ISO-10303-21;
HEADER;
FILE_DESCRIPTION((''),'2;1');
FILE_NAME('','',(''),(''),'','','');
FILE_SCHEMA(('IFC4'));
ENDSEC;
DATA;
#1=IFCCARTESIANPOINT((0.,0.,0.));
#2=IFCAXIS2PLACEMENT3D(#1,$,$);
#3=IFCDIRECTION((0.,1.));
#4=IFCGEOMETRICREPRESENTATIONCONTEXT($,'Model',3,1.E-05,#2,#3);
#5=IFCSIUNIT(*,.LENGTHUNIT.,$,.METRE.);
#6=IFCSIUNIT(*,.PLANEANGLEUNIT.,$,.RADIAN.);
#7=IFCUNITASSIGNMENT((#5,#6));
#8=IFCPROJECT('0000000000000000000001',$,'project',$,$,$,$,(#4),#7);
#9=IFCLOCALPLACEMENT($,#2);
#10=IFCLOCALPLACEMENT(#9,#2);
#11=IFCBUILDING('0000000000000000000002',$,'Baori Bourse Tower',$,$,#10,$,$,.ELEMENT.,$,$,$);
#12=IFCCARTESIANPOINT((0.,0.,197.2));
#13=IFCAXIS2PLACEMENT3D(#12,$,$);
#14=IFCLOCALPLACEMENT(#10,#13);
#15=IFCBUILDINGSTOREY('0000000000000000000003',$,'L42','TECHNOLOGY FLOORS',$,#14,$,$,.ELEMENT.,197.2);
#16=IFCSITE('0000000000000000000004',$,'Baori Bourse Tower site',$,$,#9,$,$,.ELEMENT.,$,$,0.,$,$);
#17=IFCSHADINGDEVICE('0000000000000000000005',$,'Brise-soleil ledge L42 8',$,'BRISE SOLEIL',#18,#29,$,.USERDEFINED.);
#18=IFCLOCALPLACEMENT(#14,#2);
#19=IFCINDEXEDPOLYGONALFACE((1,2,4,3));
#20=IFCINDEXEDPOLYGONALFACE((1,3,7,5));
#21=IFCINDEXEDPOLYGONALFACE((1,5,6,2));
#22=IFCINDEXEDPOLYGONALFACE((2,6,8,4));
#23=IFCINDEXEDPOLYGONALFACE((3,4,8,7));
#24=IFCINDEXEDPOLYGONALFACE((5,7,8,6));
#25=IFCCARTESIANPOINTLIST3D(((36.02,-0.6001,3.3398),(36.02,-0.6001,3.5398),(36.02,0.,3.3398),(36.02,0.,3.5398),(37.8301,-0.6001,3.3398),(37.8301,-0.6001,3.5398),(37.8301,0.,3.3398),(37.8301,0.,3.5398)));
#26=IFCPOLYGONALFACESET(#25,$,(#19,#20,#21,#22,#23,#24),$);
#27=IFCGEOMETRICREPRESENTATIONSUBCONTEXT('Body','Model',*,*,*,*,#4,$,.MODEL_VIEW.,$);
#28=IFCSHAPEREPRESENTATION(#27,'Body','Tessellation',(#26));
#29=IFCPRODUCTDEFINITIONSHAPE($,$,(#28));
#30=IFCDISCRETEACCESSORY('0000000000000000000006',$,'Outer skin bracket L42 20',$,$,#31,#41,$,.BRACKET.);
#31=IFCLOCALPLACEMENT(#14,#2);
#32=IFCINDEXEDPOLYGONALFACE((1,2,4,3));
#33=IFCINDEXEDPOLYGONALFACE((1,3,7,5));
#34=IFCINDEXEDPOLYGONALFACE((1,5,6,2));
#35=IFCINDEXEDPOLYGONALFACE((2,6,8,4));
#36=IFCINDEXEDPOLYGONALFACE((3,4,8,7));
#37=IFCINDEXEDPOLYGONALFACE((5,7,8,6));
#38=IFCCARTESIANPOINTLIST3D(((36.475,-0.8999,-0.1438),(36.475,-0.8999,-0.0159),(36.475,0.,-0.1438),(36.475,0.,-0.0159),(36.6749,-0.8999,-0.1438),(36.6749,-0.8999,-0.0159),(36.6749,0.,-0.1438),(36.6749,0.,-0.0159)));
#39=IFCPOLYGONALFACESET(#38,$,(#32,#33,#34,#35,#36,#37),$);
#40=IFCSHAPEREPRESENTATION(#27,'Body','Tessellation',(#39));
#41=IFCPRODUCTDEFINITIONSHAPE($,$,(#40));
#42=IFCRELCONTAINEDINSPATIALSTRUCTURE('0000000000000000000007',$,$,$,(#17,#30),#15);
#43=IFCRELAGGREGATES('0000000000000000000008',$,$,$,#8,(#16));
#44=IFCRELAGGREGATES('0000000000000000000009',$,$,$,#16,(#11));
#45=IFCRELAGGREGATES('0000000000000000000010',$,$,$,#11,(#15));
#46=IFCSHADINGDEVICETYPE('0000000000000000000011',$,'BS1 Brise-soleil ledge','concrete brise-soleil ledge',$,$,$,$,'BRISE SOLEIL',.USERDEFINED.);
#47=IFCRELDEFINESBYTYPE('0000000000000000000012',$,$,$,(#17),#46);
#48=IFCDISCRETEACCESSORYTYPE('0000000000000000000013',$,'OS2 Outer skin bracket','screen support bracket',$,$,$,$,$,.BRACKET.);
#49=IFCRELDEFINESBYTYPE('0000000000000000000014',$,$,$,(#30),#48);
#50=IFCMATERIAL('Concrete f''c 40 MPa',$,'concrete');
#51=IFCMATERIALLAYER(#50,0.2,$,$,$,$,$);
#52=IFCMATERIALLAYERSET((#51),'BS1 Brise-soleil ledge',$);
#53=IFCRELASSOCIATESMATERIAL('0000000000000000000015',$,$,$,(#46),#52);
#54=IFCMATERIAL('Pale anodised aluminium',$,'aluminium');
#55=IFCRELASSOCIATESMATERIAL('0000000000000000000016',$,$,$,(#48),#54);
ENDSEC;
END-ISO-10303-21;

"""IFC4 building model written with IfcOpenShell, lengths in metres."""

from ifc_helpers import new_model, si_unit, direction, frame, origin, origin_2d, place, context, subcontext, project, spatial, rectangle, extrude, material, layer, layer_set, type_object, element, save


model = new_model("IFC4")

# Units and contexts
model_context = context("Model", 3, precision=1e-05, world=origin(), true_north=direction((0.0, 1.0)))
body_context = subcontext(model_context, "Body", "Model", "MODEL_VIEW")
ifc_project = project(units=[si_unit("LENGTHUNIT", "METRE"), si_unit("PLANEANGLEUNIT", "RADIAN")], contexts=[model_context])

# Site, building, storey
site_placement = place(None, origin())
site = spatial("IfcSite", under=ifc_project, at=site_placement, Name="Baori Bourse Tower site", CompositionType="ELEMENT", RefElevation=0.0)
building_placement = place(site_placement, origin())
building = spatial("IfcBuilding", under=site, at=building_placement, Name="Baori Bourse Tower", CompositionType="ELEMENT")
storey_placement = place(building_placement, frame((0.0, 0.0, 197.2)))
storey = spatial("IfcBuildingStorey", under=building, at=storey_placement, Name="L42", Description="TECHNOLOGY FLOORS", CompositionType="ELEMENT", Elevation=197.2)

# Shading device
ifc_material_1 = material(Name="Concrete f'c 40 MPa", Category="concrete")
ifc_layer_1 = layer(ifc_material_1, 0.2)
ifc_layer_set_1 = layer_set([ifc_layer_1], Name="BS1 Brise-soleil ledge")
shading_device_type = type_object("IfcShadingDeviceType", Name="BS1 Brise-soleil ledge", Description="concrete brise-soleil ledge", ElementType="BRISE SOLEIL", PredefinedType="USERDEFINED", material=ifc_layer_set_1)
shading_device_placement = place(storey_placement, frame((36.925, -0.3, 3.3398), z_axis=(0.0, 0.0, 1.0), x_axis=(1.0, 0.0, 0.0)))
element("IfcShadingDevice", 1, at=shading_device_placement, inside=storey, type_object=shading_device_type, Name="Brise-soleil ledge L42 8", ObjectType="BRISE SOLEIL", PredefinedType="USERDEFINED", context=body_context, shape_type="SweptSolid", body=[
    extrude(rectangle(XDim=1.8101, YDim=0.6001, at=origin_2d()), origin(), (0.0, 0.0, 1.0), 0.2),
])

# Discrete accessory
ifc_material_2 = material(Name="Pale anodised aluminium", Category="aluminium")
discrete_accessory_type = type_object("IfcDiscreteAccessoryType", Name="OS2 Outer skin bracket", Description="screen support bracket", PredefinedType="BRACKET", material=ifc_material_2)
discrete_accessory_placement = place(storey_placement, frame((36.575, -0.45, -0.1438), z_axis=(0.0, 0.0, 1.0), x_axis=(1.0, 0.0, 0.0)))
element("IfcDiscreteAccessory", 2, at=discrete_accessory_placement, inside=storey, type_object=discrete_accessory_type, Name="Outer skin bracket L42 20", PredefinedType="BRACKET", context=body_context, shape_type="SweptSolid", body=[
    extrude(rectangle(XDim=0.2, YDim=0.8999, at=origin_2d()), origin(), (0.0, 0.0, 1.0), 0.1279),
])

save(model, "model.ifc")
